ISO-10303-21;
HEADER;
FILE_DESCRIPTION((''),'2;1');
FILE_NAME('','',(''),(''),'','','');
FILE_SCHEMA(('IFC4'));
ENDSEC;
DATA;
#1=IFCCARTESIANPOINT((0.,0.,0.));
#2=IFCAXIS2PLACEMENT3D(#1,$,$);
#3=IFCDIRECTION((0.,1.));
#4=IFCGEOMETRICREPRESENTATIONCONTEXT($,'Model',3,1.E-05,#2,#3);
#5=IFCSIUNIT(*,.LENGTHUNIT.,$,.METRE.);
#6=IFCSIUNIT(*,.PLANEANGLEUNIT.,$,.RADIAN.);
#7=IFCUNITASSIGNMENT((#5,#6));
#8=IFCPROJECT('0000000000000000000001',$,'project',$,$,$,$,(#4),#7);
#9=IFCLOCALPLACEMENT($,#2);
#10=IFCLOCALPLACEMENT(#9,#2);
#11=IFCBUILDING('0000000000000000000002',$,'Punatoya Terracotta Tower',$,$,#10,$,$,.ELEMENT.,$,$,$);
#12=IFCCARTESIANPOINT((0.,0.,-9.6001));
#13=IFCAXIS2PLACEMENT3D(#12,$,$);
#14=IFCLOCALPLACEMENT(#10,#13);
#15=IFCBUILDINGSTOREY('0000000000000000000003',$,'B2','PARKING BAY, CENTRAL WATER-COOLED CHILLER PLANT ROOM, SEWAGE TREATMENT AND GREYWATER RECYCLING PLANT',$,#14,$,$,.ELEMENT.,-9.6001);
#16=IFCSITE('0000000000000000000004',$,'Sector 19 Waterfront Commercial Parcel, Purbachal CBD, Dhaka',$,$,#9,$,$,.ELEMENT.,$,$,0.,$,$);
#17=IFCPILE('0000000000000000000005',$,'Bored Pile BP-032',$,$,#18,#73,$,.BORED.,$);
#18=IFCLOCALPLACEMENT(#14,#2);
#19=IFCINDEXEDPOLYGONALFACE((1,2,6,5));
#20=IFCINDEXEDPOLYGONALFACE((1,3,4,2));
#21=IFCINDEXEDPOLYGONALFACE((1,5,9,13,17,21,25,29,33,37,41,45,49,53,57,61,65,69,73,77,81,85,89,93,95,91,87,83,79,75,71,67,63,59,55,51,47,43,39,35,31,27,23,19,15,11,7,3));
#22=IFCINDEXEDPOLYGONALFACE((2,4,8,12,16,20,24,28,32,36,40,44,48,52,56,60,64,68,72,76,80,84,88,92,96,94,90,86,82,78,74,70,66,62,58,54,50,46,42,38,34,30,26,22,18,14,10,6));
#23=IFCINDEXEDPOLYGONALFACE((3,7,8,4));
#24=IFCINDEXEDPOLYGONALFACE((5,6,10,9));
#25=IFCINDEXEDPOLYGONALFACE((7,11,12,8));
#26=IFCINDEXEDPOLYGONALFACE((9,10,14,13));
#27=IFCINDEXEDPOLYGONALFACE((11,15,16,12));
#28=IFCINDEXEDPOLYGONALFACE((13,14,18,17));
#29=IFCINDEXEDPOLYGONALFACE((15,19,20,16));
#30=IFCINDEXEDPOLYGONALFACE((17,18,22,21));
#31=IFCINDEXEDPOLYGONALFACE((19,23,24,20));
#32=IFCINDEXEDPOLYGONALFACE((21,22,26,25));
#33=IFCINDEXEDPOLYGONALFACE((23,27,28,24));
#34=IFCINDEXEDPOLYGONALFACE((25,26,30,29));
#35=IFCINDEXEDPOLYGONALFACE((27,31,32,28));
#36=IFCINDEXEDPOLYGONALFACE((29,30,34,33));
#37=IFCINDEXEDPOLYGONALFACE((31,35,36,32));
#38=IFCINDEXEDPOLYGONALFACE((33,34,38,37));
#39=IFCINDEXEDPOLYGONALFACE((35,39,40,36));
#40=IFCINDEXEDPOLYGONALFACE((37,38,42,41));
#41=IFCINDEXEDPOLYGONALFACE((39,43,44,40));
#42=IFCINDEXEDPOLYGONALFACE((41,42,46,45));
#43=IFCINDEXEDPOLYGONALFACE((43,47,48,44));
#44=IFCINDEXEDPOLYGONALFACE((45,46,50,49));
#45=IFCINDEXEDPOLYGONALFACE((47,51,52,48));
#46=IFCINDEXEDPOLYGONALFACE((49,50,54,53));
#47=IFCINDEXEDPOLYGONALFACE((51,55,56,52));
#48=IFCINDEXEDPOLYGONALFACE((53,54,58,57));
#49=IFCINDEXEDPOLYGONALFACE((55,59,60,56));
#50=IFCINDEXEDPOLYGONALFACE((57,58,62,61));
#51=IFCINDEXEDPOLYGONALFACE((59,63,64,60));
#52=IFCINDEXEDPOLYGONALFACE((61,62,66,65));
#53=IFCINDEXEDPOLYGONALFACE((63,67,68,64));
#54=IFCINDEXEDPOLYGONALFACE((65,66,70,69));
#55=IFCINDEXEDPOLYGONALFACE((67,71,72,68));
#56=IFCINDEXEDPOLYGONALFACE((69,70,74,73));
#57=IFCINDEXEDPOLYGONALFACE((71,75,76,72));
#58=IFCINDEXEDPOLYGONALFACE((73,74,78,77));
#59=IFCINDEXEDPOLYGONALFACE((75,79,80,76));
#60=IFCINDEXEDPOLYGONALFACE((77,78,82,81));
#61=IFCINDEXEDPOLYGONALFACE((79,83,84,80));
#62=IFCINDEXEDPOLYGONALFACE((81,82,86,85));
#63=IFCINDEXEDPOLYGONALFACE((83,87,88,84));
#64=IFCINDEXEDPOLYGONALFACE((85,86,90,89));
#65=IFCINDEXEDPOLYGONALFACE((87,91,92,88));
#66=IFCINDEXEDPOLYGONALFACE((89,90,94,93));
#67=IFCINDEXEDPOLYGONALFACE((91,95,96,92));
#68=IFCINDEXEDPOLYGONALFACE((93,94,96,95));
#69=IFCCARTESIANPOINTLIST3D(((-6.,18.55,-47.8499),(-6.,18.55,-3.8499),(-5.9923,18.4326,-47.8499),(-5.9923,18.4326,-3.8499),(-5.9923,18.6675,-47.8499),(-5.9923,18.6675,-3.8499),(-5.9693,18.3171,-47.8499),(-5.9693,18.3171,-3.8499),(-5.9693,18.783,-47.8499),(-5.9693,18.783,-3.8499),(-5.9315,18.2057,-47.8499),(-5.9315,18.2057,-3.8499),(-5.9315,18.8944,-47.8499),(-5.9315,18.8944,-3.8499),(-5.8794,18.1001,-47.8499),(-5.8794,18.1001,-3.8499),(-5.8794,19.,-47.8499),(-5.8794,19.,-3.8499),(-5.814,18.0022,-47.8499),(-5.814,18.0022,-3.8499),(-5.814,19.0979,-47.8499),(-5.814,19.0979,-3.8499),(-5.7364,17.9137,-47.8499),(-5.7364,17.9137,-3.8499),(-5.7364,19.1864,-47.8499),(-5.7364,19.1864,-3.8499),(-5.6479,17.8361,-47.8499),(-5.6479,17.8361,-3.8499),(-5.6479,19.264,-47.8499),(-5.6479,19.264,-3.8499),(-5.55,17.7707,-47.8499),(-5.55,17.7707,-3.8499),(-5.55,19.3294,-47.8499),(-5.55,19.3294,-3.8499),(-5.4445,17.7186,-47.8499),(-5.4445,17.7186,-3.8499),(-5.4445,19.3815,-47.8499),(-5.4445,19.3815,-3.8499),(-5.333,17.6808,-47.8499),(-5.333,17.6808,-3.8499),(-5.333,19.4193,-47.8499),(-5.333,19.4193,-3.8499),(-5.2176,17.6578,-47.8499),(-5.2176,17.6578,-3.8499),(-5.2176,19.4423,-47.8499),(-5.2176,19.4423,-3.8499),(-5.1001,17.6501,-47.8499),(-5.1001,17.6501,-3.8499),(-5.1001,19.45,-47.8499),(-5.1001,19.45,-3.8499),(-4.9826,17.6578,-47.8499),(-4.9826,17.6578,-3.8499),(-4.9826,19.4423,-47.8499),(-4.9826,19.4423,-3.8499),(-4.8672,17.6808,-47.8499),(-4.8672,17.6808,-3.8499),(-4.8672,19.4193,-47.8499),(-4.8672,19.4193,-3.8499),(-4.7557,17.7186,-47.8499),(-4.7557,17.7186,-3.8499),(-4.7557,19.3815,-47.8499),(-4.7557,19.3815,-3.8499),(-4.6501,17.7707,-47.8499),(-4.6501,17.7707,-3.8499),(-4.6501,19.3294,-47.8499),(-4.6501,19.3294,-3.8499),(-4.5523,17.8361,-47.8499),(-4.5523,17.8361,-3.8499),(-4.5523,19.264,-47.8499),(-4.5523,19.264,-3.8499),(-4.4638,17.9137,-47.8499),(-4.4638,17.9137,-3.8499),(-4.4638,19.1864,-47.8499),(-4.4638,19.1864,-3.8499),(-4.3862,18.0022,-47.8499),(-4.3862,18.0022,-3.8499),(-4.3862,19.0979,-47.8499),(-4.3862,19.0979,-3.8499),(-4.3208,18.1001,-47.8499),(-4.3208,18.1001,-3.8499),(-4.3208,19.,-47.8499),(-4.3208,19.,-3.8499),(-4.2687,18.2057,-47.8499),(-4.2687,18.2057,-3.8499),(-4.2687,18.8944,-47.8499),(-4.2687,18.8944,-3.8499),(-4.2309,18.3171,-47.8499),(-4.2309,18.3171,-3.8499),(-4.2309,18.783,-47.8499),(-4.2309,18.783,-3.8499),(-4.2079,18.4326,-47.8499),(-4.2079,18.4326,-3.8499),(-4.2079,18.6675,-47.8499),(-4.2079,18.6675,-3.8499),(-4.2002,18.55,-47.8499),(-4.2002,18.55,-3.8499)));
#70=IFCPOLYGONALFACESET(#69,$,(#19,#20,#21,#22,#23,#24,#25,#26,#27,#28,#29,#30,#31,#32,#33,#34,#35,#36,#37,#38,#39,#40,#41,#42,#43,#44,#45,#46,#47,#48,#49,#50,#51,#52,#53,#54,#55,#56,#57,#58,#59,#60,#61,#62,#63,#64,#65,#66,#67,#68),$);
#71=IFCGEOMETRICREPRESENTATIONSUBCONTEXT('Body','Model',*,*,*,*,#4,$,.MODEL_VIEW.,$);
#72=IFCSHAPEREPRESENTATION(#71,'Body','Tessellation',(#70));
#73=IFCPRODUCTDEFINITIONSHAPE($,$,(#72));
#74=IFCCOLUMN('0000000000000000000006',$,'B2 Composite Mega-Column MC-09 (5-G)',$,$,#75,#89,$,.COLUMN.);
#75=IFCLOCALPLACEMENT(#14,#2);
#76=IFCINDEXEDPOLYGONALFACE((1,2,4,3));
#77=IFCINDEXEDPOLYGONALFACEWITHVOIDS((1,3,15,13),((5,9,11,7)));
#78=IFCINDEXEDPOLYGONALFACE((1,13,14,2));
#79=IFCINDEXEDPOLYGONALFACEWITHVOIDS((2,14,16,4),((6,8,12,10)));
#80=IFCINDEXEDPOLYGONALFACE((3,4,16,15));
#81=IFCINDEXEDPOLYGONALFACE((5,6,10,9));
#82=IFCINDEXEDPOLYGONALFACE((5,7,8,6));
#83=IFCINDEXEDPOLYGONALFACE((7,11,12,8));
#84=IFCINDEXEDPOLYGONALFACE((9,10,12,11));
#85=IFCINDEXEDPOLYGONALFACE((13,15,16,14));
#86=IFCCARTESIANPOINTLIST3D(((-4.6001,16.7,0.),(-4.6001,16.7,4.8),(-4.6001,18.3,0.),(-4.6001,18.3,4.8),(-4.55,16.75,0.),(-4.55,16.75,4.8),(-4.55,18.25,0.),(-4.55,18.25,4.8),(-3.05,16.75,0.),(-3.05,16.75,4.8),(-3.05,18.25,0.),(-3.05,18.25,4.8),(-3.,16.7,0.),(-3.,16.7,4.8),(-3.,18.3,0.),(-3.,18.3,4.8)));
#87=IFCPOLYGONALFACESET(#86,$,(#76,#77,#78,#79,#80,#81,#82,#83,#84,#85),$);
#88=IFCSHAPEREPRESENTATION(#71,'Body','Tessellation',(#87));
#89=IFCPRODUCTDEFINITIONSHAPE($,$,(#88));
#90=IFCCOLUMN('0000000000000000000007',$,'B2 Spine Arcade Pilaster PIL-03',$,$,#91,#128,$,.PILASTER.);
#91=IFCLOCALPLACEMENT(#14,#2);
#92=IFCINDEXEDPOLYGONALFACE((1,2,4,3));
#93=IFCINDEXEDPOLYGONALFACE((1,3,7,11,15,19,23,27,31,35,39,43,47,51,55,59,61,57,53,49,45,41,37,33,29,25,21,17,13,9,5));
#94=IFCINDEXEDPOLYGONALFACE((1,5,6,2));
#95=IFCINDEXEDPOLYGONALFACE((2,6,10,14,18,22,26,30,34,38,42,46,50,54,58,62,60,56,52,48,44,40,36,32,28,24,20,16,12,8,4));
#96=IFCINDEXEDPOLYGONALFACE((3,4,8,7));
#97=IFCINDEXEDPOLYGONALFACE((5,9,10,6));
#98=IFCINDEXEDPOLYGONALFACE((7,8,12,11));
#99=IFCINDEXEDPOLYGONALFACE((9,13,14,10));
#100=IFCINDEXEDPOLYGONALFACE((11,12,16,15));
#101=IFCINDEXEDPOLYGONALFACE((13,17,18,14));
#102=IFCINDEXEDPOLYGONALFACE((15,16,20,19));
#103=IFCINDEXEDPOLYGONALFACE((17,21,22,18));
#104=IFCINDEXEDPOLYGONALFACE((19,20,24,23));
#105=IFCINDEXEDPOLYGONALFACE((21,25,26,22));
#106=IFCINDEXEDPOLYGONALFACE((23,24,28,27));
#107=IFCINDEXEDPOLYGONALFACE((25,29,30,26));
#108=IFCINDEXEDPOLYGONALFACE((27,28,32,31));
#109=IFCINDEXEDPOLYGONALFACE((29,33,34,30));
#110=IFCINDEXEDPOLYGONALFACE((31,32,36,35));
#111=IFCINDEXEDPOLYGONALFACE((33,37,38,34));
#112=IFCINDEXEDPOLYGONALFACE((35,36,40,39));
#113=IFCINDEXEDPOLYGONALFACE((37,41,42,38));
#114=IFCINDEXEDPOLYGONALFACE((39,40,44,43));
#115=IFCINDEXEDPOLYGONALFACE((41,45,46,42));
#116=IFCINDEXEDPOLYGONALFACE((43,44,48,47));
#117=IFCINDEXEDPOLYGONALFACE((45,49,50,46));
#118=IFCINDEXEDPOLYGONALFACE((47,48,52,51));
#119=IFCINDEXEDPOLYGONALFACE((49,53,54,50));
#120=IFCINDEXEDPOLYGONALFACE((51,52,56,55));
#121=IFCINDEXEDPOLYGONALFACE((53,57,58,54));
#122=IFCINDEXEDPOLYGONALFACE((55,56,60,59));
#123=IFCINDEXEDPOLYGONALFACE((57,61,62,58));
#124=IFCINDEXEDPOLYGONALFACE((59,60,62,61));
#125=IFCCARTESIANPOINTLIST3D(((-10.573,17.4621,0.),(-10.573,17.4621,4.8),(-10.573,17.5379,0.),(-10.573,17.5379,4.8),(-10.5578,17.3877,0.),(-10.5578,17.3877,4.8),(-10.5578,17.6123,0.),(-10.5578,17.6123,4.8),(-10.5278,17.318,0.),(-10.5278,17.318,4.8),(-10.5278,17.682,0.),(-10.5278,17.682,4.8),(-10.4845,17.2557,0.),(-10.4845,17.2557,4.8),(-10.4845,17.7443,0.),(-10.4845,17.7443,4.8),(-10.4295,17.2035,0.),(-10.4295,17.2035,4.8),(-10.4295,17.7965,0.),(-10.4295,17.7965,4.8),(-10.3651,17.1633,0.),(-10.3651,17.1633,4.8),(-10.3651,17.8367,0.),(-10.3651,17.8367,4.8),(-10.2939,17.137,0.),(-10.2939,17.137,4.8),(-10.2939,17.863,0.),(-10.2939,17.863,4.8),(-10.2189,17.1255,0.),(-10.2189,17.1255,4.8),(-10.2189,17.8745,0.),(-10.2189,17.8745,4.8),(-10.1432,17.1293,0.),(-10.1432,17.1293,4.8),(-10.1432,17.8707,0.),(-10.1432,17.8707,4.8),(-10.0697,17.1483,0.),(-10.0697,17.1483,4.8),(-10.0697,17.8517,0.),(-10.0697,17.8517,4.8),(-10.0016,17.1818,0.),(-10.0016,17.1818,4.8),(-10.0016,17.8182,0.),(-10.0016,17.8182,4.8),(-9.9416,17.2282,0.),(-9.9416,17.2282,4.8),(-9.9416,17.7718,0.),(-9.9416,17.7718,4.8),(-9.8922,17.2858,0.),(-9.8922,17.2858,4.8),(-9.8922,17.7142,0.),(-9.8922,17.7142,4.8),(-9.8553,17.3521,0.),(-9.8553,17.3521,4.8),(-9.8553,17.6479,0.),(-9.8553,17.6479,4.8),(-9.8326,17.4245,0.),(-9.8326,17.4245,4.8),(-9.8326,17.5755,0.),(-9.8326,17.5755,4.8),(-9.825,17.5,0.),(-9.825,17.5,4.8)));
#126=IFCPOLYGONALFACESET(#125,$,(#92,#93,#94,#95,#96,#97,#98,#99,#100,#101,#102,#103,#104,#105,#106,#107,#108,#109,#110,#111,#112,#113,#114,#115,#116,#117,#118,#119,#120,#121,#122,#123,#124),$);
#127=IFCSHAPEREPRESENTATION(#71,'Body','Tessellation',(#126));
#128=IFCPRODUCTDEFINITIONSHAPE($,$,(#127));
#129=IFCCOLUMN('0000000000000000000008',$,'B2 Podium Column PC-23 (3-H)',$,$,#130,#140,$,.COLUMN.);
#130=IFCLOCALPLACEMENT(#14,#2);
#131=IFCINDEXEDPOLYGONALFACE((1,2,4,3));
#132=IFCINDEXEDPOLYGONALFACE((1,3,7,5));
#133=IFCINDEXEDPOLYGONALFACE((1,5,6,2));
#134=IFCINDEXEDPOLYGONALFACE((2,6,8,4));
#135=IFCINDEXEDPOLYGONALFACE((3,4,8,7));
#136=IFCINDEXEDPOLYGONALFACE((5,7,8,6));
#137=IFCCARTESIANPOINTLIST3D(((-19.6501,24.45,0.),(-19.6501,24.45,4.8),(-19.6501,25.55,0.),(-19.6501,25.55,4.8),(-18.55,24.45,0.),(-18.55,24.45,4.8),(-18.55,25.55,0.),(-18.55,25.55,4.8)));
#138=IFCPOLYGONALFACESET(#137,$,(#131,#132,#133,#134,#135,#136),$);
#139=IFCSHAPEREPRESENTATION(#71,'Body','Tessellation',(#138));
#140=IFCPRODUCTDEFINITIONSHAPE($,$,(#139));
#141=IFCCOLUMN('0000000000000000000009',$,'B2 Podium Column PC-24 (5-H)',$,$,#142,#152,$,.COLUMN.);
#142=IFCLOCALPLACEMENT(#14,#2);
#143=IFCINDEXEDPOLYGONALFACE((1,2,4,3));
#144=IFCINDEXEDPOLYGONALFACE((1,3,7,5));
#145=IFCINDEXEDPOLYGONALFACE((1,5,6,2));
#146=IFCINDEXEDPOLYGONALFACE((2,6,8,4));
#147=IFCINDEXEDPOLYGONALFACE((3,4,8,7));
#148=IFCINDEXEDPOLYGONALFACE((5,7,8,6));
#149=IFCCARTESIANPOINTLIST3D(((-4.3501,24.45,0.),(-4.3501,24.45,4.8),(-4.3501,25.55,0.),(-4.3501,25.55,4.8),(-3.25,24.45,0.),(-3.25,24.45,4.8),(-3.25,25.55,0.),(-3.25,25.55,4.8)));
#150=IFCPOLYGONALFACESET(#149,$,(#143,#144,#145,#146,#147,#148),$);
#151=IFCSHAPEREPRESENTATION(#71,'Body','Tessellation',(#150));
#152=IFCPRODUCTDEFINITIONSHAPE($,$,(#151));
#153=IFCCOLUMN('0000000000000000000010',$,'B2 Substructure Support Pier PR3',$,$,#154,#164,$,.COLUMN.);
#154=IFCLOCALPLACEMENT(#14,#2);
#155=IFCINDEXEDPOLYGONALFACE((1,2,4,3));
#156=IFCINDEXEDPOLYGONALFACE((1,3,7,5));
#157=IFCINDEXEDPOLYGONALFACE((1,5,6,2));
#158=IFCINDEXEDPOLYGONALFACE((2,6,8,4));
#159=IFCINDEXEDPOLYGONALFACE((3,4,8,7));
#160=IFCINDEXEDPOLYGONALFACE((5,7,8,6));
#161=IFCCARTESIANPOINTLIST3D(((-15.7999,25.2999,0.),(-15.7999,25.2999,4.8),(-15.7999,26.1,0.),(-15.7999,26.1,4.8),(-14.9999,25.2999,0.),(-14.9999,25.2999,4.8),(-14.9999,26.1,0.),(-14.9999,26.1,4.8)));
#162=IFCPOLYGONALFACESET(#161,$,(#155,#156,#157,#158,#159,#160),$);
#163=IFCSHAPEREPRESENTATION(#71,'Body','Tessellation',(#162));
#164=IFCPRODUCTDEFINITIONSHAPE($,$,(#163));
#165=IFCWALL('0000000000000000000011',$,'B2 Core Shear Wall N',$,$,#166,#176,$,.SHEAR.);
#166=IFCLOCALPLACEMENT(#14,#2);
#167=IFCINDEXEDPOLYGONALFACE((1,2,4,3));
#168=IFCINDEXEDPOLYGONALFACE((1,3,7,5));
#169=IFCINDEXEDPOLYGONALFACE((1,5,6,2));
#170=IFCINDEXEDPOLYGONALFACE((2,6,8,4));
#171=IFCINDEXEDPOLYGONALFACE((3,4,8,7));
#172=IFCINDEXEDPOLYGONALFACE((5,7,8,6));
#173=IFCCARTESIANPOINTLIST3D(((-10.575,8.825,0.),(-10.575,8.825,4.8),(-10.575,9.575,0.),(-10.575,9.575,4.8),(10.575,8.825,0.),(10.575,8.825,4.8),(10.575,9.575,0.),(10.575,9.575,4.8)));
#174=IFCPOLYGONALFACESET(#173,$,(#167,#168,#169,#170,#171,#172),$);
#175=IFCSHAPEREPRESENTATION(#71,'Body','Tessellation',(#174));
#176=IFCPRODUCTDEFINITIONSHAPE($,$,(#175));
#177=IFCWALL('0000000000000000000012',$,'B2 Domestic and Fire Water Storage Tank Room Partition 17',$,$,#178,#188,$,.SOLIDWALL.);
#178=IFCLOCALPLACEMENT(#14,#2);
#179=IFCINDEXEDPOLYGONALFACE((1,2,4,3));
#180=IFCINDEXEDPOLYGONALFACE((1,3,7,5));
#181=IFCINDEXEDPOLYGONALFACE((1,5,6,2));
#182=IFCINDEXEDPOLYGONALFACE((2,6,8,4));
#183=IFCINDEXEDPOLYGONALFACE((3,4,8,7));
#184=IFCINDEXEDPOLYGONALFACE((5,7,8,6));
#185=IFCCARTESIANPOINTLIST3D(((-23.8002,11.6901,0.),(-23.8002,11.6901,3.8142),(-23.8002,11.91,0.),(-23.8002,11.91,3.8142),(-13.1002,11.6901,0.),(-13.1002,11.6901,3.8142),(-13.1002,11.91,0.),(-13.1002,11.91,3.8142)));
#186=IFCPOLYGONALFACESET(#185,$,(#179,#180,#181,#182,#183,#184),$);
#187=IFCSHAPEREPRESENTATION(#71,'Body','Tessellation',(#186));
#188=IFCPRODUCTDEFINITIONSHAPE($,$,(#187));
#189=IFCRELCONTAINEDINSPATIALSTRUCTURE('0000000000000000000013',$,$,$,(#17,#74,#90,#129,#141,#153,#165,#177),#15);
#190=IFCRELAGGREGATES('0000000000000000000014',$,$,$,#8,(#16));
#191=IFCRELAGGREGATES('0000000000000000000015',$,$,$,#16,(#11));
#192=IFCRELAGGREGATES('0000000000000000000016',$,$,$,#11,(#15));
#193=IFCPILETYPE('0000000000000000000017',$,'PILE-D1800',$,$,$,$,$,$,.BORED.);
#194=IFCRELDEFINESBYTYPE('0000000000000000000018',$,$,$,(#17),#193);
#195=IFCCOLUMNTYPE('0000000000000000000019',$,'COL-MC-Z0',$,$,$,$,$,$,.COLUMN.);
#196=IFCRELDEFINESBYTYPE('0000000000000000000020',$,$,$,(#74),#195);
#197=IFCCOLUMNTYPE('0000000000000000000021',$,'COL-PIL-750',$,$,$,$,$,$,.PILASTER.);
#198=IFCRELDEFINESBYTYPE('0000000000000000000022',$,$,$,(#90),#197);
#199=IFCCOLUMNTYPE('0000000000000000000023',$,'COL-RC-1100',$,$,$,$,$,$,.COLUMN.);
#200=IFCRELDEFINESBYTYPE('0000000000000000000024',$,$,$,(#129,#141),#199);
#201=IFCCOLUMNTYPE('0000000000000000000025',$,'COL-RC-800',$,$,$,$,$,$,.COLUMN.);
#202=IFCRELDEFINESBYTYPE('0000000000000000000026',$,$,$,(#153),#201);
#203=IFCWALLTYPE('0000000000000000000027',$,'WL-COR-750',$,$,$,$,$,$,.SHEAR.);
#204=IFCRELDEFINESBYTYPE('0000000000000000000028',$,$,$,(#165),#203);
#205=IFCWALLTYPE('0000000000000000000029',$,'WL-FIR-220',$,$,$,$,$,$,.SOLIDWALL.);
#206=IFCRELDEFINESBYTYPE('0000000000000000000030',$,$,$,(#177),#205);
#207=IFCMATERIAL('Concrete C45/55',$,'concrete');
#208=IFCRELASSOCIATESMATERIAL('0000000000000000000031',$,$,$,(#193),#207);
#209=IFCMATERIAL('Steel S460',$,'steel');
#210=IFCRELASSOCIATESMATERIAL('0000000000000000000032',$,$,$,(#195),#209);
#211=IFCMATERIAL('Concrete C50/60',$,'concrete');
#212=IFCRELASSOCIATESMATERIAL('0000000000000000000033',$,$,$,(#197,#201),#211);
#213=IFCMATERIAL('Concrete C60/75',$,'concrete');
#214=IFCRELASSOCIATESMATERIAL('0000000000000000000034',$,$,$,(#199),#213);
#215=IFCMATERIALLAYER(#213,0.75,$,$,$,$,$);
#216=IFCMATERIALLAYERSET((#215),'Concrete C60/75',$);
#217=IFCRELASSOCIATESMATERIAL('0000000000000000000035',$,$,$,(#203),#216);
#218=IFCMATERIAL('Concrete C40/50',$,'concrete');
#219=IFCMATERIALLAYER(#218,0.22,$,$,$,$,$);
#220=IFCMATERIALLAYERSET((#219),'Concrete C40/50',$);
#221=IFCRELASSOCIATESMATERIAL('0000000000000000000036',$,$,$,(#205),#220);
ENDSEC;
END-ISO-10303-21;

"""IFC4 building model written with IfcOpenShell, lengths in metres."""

from ifc_helpers import new_model, si_unit, direction, frame, frame_2d, origin, origin_2d, place, context, subcontext, project, spatial, rectangle, hollow_rectangle, circle, extrude, material, layer, layer_set, material_profile, profile_set, type_object, element, save


model = new_model("IFC4")

# Units and contexts
model_context = context("Model", 3, precision=1e-05, world=origin(), true_north=direction((0.0, 1.0)))
body_context = subcontext(model_context, "Body", "Model", "MODEL_VIEW")
ifc_project = project(units=[si_unit("LENGTHUNIT", "METRE"), si_unit("PLANEANGLEUNIT", "RADIAN")], contexts=[model_context])

# Site, building, storey
site_placement = place(None, origin())
site = spatial("IfcSite", under=ifc_project, at=site_placement, Name="Sector 19 Waterfront Commercial Parcel, Purbachal CBD, Dhaka", CompositionType="ELEMENT", RefElevation=0.0)
building_placement = place(site_placement, origin())
building = spatial("IfcBuilding", under=site, at=building_placement, Name="Punatoya Terracotta Tower", CompositionType="ELEMENT")
storey_placement = place(building_placement, frame((0.0, 0.0, -9.6001)))
storey = spatial("IfcBuildingStorey", under=building, at=storey_placement, Name="B2", Description="PARKING BAY, CENTRAL WATER-COOLED CHILLER PLANT ROOM, SEWAGE TREATMENT AND GREYWATER RECYCLING PLANT", CompositionType="ELEMENT", Elevation=-9.6001)

# Shared definitions
ifc_material_1 = material(Name="Concrete C45/55", Category="concrete")

# Pile
ifc_material_profile_1 = material_profile(ifc_material_1, circle(Radius=0.8999, at=origin_2d()))
ifc_profile_set_1 = profile_set([ifc_material_profile_1], Name="Concrete C45/55")
pile_type_1 = type_object("IfcPileType", Name="PILE-D1800", PredefinedType="BORED", material=ifc_profile_set_1)
for number, where, z_axis, x_axis, name in (
    (1, (-5.1001, 18.55, -3.8499), (0.0, 0.0, -1.0), (1.0, 0.0, 0.0), "Bored Pile BP-032"),
):
    element("IfcPile", number, at=place(storey_placement, frame(where, z_axis=z_axis, x_axis=x_axis)), inside=storey, type_object=pile_type_1, Name=name, PredefinedType="BORED", context=body_context, shape_type="SweptSolid", body=[
        extrude(circle(Radius=0.8999, at=origin_2d()), origin(), (0.0, 0.0, 1.0), 44.0),
    ])

# Columns
ifc_material_2 = material(Name="Steel S460", Category="steel")
ifc_material_profile_2 = material_profile(ifc_material_2, hollow_rectangle(XDim=1.6001, YDim=1.6001, WallThickness=0.05, at=origin_2d()))
ifc_profile_set_2 = profile_set([ifc_material_profile_2], Name="Steel S460")
column_type_1 = type_object("IfcColumnType", Name="COL-MC-Z0", PredefinedType="COLUMN", material=ifc_profile_set_2)
column_1_placement = place(storey_placement, frame((-3.8, 17.5, 0.0), z_axis=(0.0, 0.0, 1.0), x_axis=(1.0, 0.0, 0.0)))
element("IfcColumn", 2, at=column_1_placement, inside=storey, type_object=column_type_1, Name="B2 Composite Mega-Column MC-09 (5-G)", PredefinedType="COLUMN", context=body_context, shape_type="SweptSolid", body=[
    extrude(hollow_rectangle(XDim=1.6001, YDim=1.6001, WallThickness=0.05, at=origin_2d()), origin(), (0.0, 0.0, 1.0), 4.8),
])
ifc_material_3 = material(Name="Concrete C50/60", Category="concrete")
ifc_material_profile_3 = material_profile(ifc_material_3, circle(Radius=0.375, at=origin_2d()))
ifc_profile_set_3 = profile_set([ifc_material_profile_3], Name="Concrete C50/60")
column_type_2 = type_object("IfcColumnType", Name="COL-PIL-750", PredefinedType="PILASTER", material=ifc_profile_set_3)
column_2_placement = place(storey_placement, frame((-10.2, 17.5, 0.0), z_axis=(0.0, 0.0, 1.0), x_axis=(1.0, 0.0, 0.0)))
element("IfcColumn", 3, at=column_2_placement, inside=storey, type_object=column_type_2, Name="B2 Spine Arcade Pilaster PIL-03", PredefinedType="PILASTER", context=body_context, shape_type="SweptSolid", body=[
    extrude(circle(Radius=0.375, at=origin_2d()), origin(), (0.0, 0.0, 1.0), 4.8),
])
ifc_material_4 = material(Name="Concrete C60/75", Category="concrete")
ifc_material_profile_4 = material_profile(ifc_material_4, rectangle(XDim=1.1001, YDim=1.1001, at=origin_2d()))
ifc_profile_set_4 = profile_set([ifc_material_profile_4], Name="Concrete C60/75")
column_type_3 = type_object("IfcColumnType", Name="COL-RC-1100", PredefinedType="COLUMN", material=ifc_profile_set_4)
for number, where, z_axis, x_axis, name in (
    (4, (-19.1001, 25.0, 0.0), (0.0, 0.0, 1.0), (1.0, 0.0, 0.0), "B2 Podium Column PC-23 (3-H)"),
    (5, (-3.8, 25.0, 0.0), (0.0, 0.0, 1.0), (1.0, 0.0, 0.0), "B2 Podium Column PC-24 (5-H)"),
):
    element("IfcColumn", number, at=place(storey_placement, frame(where, z_axis=z_axis, x_axis=x_axis)), inside=storey, type_object=column_type_3, Name=name, PredefinedType="COLUMN", context=body_context, shape_type="SweptSolid", body=[
        extrude(rectangle(XDim=1.1001, YDim=1.1001, at=origin_2d()), origin(), (0.0, 0.0, 1.0), 4.8),
    ])
ifc_material_profile_5 = material_profile(ifc_material_3, rectangle(XDim=0.8, YDim=0.8, at=origin_2d()))
ifc_profile_set_5 = profile_set([ifc_material_profile_5], Name="Concrete C50/60")
column_type_4 = type_object("IfcColumnType", Name="COL-RC-800", PredefinedType="COLUMN", material=ifc_profile_set_5)
column_3_placement = place(storey_placement, frame((-15.3999, 25.7, 0.0), z_axis=(0.0, 0.0, 1.0), x_axis=(1.0, 0.0, 0.0)))
element("IfcColumn", 6, at=column_3_placement, inside=storey, type_object=column_type_4, Name="B2 Substructure Support Pier PR3", PredefinedType="COLUMN", context=body_context, shape_type="SweptSolid", body=[
    extrude(rectangle(XDim=0.8, YDim=0.8, at=origin_2d()), origin(), (0.0, 0.0, 1.0), 4.8),
])

# Walls
ifc_layer_1 = layer(ifc_material_4, 0.75)
ifc_layer_set_1 = layer_set([ifc_layer_1], Name="Concrete C60/75")
wall_type_1 = type_object("IfcWallType", Name="WL-COR-750", PredefinedType="SHEAR", material=ifc_layer_set_1)
wall_1_placement = place(storey_placement, frame((-10.575, 9.2, 0.0), z_axis=(0.0, 0.0, 1.0), x_axis=(1.0, 0.0, 0.0)))
element("IfcWall", 7, at=wall_1_placement, inside=storey, type_object=wall_type_1, Name="B2 Core Shear Wall N", PredefinedType="SHEAR", context=body_context, shape_type="SweptSolid", body=[
    extrude(rectangle(XDim=21.1499, YDim=0.75, at=frame_2d((10.575, 0.0))), origin(), (0.0, 0.0, 1.0), 4.8),
])
ifc_material_5 = material(Name="Concrete C40/50", Category="concrete")
ifc_layer_2 = layer(ifc_material_5, 0.22)
ifc_layer_set_2 = layer_set([ifc_layer_2], Name="Concrete C40/50")
wall_type_2 = type_object("IfcWallType", Name="WL-FIR-220", PredefinedType="SOLIDWALL", material=ifc_layer_set_2)
wall_2_placement = place(storey_placement, frame((-13.1001, 11.8, 0.0), z_axis=(0.0, 0.0, 1.0), x_axis=(-1.0, 0.0, 0.0)))
element("IfcWall", 8, at=wall_2_placement, inside=storey, type_object=wall_type_2, Name="B2 Domestic and Fire Water Storage Tank Room Partition 17", PredefinedType="SOLIDWALL", context=body_context, shape_type="SweptSolid", body=[
    extrude(rectangle(XDim=10.7, YDim=0.22, at=frame_2d((5.3501, 0.0))), origin(), (0.0, 0.0, 1.0), 3.8142),
])

save(model, "model.ifc")
